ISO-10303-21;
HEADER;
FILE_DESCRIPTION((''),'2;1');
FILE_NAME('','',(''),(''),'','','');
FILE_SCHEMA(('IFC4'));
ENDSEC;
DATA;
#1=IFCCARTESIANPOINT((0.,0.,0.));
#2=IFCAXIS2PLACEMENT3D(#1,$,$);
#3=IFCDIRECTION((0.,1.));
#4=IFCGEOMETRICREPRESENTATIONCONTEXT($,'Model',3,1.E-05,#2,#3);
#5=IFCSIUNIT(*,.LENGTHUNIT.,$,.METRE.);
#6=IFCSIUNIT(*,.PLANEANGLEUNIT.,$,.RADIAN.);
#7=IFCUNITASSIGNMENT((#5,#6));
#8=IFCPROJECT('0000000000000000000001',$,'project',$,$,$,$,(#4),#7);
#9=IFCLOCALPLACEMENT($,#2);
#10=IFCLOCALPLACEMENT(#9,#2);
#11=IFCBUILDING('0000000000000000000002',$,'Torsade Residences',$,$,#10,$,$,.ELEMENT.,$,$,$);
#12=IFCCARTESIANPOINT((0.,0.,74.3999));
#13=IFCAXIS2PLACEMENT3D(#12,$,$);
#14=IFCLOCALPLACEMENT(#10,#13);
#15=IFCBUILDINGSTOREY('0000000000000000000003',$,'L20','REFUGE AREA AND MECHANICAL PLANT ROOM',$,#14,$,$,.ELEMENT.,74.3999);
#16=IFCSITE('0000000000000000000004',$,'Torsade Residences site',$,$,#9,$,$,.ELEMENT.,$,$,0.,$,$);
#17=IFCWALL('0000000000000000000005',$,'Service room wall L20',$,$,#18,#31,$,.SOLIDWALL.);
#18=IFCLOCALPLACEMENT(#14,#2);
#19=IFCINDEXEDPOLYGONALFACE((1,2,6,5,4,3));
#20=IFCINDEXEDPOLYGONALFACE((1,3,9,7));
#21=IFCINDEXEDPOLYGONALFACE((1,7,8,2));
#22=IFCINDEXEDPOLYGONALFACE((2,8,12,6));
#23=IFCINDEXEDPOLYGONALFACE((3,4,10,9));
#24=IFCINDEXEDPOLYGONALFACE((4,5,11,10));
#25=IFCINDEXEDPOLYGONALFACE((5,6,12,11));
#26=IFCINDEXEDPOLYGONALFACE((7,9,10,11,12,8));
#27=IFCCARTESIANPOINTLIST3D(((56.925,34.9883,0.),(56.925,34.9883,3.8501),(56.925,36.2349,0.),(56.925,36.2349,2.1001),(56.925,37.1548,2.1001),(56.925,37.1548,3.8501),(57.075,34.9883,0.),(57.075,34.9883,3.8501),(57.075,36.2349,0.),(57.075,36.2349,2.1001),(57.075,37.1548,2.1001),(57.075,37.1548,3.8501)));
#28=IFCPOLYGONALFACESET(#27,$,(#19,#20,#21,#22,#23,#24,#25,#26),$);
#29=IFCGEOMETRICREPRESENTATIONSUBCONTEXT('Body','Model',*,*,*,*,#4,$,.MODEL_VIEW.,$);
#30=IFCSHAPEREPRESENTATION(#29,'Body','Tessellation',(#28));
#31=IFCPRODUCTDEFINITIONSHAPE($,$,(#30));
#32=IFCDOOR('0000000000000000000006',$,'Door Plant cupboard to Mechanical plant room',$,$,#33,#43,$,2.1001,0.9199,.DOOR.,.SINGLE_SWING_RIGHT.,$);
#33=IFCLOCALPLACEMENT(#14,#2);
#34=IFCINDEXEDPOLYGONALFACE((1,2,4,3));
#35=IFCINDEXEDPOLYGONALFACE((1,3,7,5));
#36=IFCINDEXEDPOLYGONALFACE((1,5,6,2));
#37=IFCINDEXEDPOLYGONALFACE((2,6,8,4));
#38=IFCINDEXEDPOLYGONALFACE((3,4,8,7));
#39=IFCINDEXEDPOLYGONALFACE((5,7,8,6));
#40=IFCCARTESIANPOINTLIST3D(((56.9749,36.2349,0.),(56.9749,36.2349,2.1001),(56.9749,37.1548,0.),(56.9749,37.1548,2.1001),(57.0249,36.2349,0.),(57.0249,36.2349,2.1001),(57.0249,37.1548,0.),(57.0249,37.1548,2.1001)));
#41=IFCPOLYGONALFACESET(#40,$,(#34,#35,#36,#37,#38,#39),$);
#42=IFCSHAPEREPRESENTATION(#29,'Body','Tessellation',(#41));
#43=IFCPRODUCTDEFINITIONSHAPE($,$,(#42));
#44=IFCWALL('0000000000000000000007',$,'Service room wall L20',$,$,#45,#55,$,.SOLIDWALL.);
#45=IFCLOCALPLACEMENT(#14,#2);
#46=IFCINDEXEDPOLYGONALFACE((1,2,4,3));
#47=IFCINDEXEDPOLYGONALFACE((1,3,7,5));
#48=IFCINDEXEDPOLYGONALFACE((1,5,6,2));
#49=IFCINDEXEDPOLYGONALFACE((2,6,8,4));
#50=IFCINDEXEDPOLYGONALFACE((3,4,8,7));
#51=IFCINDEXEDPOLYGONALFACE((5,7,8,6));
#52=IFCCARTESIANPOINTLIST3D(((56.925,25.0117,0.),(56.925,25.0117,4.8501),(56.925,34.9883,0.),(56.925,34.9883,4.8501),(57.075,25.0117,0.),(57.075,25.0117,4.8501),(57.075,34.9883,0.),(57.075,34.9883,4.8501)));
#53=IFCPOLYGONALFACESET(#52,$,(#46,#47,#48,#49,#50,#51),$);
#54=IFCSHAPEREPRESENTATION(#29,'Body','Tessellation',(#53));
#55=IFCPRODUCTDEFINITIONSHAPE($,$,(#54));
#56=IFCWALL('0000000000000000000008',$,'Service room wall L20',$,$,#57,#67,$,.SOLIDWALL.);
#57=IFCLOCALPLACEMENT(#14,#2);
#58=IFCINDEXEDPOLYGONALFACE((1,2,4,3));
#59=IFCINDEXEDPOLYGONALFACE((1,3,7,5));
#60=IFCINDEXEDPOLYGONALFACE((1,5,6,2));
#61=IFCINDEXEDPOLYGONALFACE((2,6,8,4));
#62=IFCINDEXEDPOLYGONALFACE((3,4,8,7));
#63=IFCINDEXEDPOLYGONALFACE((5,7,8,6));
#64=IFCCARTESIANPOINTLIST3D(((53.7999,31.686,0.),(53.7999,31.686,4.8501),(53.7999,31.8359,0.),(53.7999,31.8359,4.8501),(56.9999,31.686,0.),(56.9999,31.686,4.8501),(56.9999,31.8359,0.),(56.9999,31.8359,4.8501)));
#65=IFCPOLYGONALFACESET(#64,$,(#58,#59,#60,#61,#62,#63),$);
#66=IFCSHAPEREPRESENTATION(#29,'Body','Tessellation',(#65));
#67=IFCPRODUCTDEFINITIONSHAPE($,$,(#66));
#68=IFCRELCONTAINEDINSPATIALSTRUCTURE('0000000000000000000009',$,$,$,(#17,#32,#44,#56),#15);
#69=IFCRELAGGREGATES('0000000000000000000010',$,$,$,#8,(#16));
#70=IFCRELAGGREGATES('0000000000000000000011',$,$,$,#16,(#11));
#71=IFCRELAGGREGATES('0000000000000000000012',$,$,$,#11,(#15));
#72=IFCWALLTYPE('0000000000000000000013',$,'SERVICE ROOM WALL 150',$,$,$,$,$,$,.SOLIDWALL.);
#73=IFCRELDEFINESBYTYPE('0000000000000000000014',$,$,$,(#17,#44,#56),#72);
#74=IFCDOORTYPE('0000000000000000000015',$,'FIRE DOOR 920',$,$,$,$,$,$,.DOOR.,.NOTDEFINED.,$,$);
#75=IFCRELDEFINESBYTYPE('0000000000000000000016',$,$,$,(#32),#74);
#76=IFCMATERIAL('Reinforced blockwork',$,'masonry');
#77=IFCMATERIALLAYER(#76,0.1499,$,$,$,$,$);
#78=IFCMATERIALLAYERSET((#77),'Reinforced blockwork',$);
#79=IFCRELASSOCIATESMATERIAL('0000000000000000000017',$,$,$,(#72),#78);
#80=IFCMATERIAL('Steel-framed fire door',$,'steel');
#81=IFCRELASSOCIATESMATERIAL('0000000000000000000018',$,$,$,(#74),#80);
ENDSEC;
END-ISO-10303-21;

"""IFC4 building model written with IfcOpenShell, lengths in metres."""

from ifc_helpers import new_model, si_unit, direction, frame, frame_2d, origin, place, context, subcontext, project, spatial, rectangle, extrude, material, layer, layer_set, type_object, element, fill, save


model = new_model("IFC4")

# Units and contexts
model_context = context("Model", 3, precision=1e-05, world=origin(), true_north=direction((0.0, 1.0)))
body_context = subcontext(model_context, "Body", "Model", "MODEL_VIEW")
ifc_project = project(units=[si_unit("LENGTHUNIT", "METRE"), si_unit("PLANEANGLEUNIT", "RADIAN")], contexts=[model_context])

# Site, building, storey
site_placement = place(None, origin())
site = spatial("IfcSite", under=ifc_project, at=site_placement, Name="Torsade Residences site", CompositionType="ELEMENT", RefElevation=0.0)
building_placement = place(site_placement, origin())
building = spatial("IfcBuilding", under=site, at=building_placement, Name="Torsade Residences", CompositionType="ELEMENT")
storey_placement = place(building_placement, frame((0.0, 0.0, 74.3999)))
storey = spatial("IfcBuildingStorey", under=building, at=storey_placement, Name="L20", Description="REFUGE AREA AND MECHANICAL PLANT ROOM", CompositionType="ELEMENT", Elevation=74.3999)

# Shared definitions
ifc_material_1 = material(Name="Reinforced blockwork", Category="masonry")
ifc_layer_1 = layer(ifc_material_1, 0.1499)
ifc_layer_set_1 = layer_set([ifc_layer_1], Name="Reinforced blockwork")
wall_type_1 = type_object("IfcWallType", Name="SERVICE ROOM WALL 150", PredefinedType="SOLIDWALL", material=ifc_layer_set_1)

# Wall, opening, door
wall_1_placement = place(storey_placement, frame((57.0, 37.1548, 0.0), z_axis=(0.0, 0.0, 1.0), x_axis=(0.0, -1.0, 0.0)))
wall_1 = element("IfcWall", 1, at=wall_1_placement, inside=storey, type_object=wall_type_1, Name="Service room wall L20", PredefinedType="SOLIDWALL", context=body_context, shape_type="SweptSolid", body=[
    extrude(rectangle(XDim=2.1665, YDim=0.1499, at=frame_2d((1.0833, 0.0))), origin(), (0.0, 0.0, 1.0), 3.8501),
])
opening_placement = place(wall_1_placement, origin())
opening = element("IfcOpeningElement", 2, at=opening_placement, cuts=wall_1, PredefinedType="OPENING", context=body_context, shape_type="SweptSolid", body=[
    extrude(rectangle(XDim=0.9199, YDim=2.1001, at=frame_2d((0.46, 1.05))), frame((0.0, 0.085, 0.0), z_axis=(0.0, -1.0, 0.0), x_axis=(1.0, 0.0, 0.0)), (0.0, 0.0, 1.0), 0.1699),
])
ifc_material_2 = material(Name="Steel-framed fire door", Category="steel")
door_type = type_object("IfcDoorType", Name="FIRE DOOR 920", OperationType="NOTDEFINED", PredefinedType="DOOR", material=ifc_material_2)
door_placement = place(opening_placement, origin())
door = element("IfcDoor", 3, at=door_placement, inside=storey, type_object=door_type, Name="Door Plant cupboard to Mechanical plant room", OperationType="SINGLE_SWING_RIGHT", OverallHeight=2.1001, OverallWidth=0.9199, PredefinedType="DOOR", context=body_context, shape_type="SweptSolid", body=[
    extrude(rectangle(XDim=0.9199, YDim=2.1001, at=frame_2d((0.46, 1.05))), frame((0.0, 0.0249, 0.0), z_axis=(0.0, -1.0, 0.0), x_axis=(1.0, 0.0, 0.0)), (0.0, 0.0, 1.0), 0.05),
])
fill(opening, door)

# Walls
wall_2_placement = place(storey_placement, frame((57.0, 34.9883, 0.0), z_axis=(0.0, 0.0, 1.0), x_axis=(0.0, -1.0, 0.0)))
element("IfcWall", 4, at=wall_2_placement, inside=storey, type_object=wall_type_1, Name="Service room wall L20", PredefinedType="SOLIDWALL", context=body_context, shape_type="SweptSolid", body=[
    extrude(rectangle(XDim=9.9766, YDim=0.1499, at=frame_2d((4.9883, 0.0))), origin(), (0.0, 0.0, 1.0), 4.8501),
])
wall_3_placement = place(storey_placement, frame((57.0, 31.761, 0.0), z_axis=(0.0, 0.0, 1.0), x_axis=(-1.0, 0.0, 0.0)))
element("IfcWall", 5, at=wall_3_placement, inside=storey, type_object=wall_type_1, Name="Service room wall L20", PredefinedType="SOLIDWALL", context=body_context, shape_type="SweptSolid", body=[
    extrude(rectangle(XDim=3.2, YDim=0.1499, at=frame_2d((1.6001, 0.0))), origin(), (0.0, 0.0, 1.0), 4.8501),
])

save(model, "model.ifc")
